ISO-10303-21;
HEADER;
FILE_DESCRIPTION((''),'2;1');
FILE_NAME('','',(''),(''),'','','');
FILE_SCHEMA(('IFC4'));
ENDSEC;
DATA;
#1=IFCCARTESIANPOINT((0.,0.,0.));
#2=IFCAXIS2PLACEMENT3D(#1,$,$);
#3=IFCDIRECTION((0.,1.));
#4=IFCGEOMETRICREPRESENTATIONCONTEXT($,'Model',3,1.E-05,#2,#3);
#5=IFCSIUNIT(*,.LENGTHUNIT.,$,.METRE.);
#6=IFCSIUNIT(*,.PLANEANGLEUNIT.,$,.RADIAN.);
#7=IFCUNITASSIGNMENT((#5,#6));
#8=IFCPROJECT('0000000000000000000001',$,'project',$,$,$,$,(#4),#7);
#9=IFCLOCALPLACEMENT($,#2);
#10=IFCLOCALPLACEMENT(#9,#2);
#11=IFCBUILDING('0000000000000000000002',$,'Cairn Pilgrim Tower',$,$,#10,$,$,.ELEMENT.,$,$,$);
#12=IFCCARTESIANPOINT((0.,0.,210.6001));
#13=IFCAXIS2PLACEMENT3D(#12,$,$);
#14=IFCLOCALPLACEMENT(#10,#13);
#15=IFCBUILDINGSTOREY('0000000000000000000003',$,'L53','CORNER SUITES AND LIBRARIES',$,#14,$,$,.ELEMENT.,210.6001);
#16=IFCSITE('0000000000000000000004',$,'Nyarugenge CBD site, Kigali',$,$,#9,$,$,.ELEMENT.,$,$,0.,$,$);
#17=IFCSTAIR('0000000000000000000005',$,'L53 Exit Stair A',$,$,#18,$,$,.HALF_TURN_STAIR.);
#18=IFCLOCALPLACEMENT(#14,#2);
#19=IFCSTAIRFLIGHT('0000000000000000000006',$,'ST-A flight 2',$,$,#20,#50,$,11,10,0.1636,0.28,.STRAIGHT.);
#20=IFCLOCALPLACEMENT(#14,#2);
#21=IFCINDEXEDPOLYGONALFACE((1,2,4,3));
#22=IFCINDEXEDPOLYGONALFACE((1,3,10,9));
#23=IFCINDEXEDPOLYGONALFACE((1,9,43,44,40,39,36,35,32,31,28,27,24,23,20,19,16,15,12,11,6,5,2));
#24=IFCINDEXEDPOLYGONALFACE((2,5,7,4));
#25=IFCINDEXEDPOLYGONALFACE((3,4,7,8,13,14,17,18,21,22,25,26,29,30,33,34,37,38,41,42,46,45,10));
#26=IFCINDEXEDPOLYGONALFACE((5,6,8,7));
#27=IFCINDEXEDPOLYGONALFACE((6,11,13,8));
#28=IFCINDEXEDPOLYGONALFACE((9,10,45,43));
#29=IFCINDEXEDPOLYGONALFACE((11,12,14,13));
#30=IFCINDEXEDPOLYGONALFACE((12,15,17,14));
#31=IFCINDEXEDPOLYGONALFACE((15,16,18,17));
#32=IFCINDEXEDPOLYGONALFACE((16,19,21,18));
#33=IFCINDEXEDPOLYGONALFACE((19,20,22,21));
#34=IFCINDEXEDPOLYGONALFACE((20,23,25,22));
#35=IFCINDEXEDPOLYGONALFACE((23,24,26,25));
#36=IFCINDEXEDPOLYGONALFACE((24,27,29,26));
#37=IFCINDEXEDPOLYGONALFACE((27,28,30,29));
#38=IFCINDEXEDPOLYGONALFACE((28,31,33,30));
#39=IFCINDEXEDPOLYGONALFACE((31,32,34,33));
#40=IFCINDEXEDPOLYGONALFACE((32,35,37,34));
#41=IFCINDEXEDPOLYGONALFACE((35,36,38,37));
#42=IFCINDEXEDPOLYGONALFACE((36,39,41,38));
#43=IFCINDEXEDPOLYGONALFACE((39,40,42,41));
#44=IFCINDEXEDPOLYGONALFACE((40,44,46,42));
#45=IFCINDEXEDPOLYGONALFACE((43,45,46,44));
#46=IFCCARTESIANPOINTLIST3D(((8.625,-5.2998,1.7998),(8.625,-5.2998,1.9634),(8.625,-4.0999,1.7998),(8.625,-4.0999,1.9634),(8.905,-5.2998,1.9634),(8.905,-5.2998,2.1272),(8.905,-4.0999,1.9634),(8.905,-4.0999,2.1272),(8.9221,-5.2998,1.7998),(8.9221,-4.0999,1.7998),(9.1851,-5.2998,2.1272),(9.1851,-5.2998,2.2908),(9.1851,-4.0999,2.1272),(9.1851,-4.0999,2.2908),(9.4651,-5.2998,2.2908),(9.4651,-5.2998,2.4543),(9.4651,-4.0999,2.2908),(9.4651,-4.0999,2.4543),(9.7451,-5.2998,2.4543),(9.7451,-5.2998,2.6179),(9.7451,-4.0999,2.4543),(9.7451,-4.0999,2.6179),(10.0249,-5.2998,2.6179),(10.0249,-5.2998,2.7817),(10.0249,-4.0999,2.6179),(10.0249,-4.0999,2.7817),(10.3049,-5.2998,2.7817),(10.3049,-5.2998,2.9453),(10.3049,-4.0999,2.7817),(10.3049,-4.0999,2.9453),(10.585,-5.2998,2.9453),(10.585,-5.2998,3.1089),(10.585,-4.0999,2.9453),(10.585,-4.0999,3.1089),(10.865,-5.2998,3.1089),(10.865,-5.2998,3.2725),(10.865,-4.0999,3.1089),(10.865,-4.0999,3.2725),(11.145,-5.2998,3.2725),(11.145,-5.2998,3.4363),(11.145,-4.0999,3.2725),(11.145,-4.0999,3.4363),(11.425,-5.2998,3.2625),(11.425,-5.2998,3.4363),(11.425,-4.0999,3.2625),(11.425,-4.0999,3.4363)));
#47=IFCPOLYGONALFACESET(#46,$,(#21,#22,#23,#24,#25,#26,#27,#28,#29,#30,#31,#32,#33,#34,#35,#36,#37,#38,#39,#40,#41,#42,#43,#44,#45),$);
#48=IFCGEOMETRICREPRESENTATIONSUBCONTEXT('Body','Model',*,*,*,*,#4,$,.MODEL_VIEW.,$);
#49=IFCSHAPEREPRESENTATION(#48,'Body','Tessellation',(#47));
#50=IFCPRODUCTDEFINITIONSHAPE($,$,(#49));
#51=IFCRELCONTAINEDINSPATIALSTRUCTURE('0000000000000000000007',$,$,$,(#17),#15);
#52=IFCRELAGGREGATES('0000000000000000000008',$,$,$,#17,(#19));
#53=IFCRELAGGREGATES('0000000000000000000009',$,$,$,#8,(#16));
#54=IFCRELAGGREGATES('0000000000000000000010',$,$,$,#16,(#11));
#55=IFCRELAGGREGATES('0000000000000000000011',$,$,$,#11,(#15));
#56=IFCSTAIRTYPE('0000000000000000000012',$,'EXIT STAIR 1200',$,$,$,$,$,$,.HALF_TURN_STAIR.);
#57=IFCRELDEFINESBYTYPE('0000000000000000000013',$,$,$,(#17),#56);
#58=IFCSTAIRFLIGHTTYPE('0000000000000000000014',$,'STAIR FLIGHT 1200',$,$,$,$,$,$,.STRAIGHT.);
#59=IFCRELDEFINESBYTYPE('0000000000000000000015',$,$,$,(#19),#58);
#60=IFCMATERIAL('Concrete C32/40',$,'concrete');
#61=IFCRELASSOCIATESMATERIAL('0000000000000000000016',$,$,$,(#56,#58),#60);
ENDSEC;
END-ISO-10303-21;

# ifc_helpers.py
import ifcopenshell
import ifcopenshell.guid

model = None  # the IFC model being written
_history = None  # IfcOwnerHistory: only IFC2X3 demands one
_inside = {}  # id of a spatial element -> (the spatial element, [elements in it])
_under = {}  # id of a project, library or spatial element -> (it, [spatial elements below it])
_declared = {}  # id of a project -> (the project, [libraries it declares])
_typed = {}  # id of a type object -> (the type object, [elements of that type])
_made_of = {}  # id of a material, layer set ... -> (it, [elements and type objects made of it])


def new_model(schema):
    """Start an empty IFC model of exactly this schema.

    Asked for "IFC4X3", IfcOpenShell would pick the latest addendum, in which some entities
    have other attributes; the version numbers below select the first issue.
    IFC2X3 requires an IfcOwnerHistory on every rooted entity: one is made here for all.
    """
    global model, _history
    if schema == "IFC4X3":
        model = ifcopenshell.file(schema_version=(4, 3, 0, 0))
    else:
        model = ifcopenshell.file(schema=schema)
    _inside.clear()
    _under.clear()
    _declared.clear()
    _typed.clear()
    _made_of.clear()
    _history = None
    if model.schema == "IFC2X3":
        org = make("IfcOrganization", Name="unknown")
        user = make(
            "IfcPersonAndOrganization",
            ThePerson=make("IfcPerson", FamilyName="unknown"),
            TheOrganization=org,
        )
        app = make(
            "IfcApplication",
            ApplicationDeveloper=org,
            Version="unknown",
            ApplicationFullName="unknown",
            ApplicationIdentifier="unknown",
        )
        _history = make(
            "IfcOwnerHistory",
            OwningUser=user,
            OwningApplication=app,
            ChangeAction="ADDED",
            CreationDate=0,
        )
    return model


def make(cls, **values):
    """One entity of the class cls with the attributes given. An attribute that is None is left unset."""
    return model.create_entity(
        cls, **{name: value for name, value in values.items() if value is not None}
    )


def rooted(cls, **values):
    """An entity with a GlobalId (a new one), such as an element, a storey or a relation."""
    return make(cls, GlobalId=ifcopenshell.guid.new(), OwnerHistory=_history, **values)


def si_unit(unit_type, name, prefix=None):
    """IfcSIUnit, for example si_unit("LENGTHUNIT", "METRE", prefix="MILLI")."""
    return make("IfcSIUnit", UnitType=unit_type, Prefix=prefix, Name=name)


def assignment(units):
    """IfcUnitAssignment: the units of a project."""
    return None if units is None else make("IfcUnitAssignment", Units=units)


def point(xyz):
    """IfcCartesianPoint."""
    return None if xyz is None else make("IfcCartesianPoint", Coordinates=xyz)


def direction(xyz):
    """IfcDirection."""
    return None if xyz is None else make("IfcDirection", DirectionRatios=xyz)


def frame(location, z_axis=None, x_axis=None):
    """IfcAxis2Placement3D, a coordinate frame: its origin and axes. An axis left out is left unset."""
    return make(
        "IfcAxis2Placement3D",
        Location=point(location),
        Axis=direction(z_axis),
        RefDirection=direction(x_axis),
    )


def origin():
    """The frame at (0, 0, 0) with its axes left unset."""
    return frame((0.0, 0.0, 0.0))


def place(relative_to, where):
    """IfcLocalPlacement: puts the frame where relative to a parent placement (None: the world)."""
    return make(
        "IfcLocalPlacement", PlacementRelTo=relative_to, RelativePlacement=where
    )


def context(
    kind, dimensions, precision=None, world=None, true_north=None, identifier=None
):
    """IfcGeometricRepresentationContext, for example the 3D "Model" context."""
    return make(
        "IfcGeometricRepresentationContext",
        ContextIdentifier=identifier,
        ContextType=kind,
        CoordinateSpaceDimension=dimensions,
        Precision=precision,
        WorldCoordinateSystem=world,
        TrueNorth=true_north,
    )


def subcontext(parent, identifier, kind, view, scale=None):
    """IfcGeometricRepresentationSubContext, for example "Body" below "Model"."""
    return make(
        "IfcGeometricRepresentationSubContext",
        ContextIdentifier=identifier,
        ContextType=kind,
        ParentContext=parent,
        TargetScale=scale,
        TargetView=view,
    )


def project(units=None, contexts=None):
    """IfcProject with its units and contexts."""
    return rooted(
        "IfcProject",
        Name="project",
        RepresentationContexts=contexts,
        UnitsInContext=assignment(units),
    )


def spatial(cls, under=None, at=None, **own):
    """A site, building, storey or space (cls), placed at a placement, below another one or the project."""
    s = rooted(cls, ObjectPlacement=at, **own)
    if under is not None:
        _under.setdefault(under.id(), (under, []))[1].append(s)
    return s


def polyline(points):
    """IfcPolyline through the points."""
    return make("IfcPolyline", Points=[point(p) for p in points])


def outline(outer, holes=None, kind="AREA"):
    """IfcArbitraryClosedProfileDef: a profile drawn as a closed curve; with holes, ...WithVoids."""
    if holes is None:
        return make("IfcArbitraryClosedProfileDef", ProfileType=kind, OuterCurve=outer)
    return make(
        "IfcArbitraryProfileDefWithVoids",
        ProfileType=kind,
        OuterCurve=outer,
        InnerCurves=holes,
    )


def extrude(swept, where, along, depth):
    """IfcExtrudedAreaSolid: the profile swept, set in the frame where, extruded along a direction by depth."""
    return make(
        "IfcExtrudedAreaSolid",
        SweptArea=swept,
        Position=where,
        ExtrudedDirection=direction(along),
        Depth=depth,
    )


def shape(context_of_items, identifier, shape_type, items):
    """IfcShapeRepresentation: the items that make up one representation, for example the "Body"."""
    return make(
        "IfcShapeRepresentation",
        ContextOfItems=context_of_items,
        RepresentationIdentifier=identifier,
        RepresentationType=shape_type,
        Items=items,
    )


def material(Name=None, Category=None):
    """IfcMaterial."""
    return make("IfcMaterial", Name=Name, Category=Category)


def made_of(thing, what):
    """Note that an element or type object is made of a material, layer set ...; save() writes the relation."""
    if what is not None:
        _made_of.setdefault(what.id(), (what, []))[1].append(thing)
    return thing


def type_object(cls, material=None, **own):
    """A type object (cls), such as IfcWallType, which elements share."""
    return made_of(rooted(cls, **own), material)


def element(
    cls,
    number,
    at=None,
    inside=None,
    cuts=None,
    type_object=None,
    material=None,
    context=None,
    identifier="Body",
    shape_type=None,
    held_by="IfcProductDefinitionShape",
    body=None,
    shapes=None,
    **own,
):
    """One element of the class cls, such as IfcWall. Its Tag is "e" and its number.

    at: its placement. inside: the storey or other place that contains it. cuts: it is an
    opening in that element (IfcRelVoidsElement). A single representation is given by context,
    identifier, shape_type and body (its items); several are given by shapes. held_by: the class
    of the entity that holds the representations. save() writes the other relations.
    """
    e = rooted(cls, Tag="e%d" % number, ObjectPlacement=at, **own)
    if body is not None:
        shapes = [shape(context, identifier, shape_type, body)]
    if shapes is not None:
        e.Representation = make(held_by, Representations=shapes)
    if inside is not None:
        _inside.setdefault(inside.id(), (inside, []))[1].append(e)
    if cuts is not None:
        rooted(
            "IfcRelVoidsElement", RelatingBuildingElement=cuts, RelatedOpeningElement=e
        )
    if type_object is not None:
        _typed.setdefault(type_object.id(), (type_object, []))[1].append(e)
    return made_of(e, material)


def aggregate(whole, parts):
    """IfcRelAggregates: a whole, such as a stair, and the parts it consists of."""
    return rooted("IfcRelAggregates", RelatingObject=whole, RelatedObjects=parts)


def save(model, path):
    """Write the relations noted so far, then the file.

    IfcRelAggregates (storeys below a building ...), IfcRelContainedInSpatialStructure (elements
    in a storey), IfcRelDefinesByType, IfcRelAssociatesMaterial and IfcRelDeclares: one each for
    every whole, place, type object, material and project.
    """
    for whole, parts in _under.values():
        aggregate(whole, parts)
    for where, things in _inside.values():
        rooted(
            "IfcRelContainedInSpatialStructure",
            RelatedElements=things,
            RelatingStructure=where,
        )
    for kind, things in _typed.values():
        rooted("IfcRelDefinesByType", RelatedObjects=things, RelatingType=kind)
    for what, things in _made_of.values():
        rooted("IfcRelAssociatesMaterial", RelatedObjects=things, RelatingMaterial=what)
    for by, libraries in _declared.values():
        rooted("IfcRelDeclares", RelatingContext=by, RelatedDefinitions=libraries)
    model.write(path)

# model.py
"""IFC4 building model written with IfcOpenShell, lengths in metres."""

from ifc_helpers import new_model, si_unit, direction, frame, origin, place, context, subcontext, project, spatial, polyline, outline, extrude, material, type_object, element, aggregate, save


model = new_model("IFC4")

# Units and contexts
model_context = context("Model", 3, precision=1e-05, world=origin(), true_north=direction((0.0, 1.0)))
body_context = subcontext(model_context, "Body", "Model", "MODEL_VIEW")
ifc_project = project(units=[si_unit("LENGTHUNIT", "METRE"), si_unit("PLANEANGLEUNIT", "RADIAN")], contexts=[model_context])

# Site, building, storey
site_placement = place(None, origin())
site = spatial("IfcSite", under=ifc_project, at=site_placement, Name="Nyarugenge CBD site, Kigali", CompositionType="ELEMENT", RefElevation=0.0)
building_placement = place(site_placement, origin())
building = spatial("IfcBuilding", under=site, at=building_placement, Name="Cairn Pilgrim Tower", CompositionType="ELEMENT")
storey_placement = place(building_placement, frame((0.0, 0.0, 210.6001)))
storey = spatial("IfcBuildingStorey", under=building, at=storey_placement, Name="L53", Description="CORNER SUITES AND LIBRARIES", CompositionType="ELEMENT", Elevation=210.6001)

# Shared definitions
ifc_material_1 = material(Name="Concrete C32/40", Category="concrete")

# Stair, stair flight
stair_type = type_object("IfcStairType", Name="EXIT STAIR 1200", PredefinedType="HALF_TURN_STAIR", material=ifc_material_1)
stair_placement = place(storey_placement, origin())
stair = element("IfcStair", 1, at=stair_placement, inside=storey, type_object=stair_type, Name="L53 Exit Stair A", PredefinedType="HALF_TURN_STAIR")
stair_flight_type = type_object("IfcStairFlightType", Name="STAIR FLIGHT 1200", PredefinedType="STRAIGHT", material=ifc_material_1)
stair_flight_1_placement = place(storey_placement, frame((8.625, -4.7, 1.7998), z_axis=(0.0, 0.0, 1.0), x_axis=(1.0, 0.0, 0.0)))
stair_flight_1 = element("IfcStairFlight", 2, at=stair_flight_1_placement, type_object=stair_flight_type, Name="ST-A flight 2", NumberOfRisers=11, NumberOfTreads=10, PredefinedType="STRAIGHT", RiserHeight=0.1636, TreadLength=0.28, context=body_context, shape_type="SweptSolid", body=[
    extrude(outline(polyline([(0.0, 0.0), (0.0, 0.1636), (0.28, 0.1636), (0.28, 0.3274), (0.5601, 0.3274), (0.5601, 0.491), (0.8401, 0.491), (0.8401, 0.6545), (1.1201, 0.6545), (1.1201, 0.8181), (1.3999, 0.8181), (1.3999, 0.9819), (1.6799, 0.9819), (1.6799, 1.1455), (1.96, 1.1455), (1.96, 1.3091), (2.24, 1.3091), (2.24, 1.4727), (2.52, 1.4727), (2.52, 1.6365), (2.8, 1.6365), (2.8, 1.8), (2.8, 1.4626), (0.2971, 0.0), (0.0, 0.0)])), frame((0.0, 0.6001, 0.0), z_axis=(0.0, -1.0, 0.0), x_axis=(1.0, 0.0, 0.0)), (0.0, 0.0, 1.0), 1.2),
])
aggregate(stair, [stair_flight_1])

save(model, "model.ifc")
